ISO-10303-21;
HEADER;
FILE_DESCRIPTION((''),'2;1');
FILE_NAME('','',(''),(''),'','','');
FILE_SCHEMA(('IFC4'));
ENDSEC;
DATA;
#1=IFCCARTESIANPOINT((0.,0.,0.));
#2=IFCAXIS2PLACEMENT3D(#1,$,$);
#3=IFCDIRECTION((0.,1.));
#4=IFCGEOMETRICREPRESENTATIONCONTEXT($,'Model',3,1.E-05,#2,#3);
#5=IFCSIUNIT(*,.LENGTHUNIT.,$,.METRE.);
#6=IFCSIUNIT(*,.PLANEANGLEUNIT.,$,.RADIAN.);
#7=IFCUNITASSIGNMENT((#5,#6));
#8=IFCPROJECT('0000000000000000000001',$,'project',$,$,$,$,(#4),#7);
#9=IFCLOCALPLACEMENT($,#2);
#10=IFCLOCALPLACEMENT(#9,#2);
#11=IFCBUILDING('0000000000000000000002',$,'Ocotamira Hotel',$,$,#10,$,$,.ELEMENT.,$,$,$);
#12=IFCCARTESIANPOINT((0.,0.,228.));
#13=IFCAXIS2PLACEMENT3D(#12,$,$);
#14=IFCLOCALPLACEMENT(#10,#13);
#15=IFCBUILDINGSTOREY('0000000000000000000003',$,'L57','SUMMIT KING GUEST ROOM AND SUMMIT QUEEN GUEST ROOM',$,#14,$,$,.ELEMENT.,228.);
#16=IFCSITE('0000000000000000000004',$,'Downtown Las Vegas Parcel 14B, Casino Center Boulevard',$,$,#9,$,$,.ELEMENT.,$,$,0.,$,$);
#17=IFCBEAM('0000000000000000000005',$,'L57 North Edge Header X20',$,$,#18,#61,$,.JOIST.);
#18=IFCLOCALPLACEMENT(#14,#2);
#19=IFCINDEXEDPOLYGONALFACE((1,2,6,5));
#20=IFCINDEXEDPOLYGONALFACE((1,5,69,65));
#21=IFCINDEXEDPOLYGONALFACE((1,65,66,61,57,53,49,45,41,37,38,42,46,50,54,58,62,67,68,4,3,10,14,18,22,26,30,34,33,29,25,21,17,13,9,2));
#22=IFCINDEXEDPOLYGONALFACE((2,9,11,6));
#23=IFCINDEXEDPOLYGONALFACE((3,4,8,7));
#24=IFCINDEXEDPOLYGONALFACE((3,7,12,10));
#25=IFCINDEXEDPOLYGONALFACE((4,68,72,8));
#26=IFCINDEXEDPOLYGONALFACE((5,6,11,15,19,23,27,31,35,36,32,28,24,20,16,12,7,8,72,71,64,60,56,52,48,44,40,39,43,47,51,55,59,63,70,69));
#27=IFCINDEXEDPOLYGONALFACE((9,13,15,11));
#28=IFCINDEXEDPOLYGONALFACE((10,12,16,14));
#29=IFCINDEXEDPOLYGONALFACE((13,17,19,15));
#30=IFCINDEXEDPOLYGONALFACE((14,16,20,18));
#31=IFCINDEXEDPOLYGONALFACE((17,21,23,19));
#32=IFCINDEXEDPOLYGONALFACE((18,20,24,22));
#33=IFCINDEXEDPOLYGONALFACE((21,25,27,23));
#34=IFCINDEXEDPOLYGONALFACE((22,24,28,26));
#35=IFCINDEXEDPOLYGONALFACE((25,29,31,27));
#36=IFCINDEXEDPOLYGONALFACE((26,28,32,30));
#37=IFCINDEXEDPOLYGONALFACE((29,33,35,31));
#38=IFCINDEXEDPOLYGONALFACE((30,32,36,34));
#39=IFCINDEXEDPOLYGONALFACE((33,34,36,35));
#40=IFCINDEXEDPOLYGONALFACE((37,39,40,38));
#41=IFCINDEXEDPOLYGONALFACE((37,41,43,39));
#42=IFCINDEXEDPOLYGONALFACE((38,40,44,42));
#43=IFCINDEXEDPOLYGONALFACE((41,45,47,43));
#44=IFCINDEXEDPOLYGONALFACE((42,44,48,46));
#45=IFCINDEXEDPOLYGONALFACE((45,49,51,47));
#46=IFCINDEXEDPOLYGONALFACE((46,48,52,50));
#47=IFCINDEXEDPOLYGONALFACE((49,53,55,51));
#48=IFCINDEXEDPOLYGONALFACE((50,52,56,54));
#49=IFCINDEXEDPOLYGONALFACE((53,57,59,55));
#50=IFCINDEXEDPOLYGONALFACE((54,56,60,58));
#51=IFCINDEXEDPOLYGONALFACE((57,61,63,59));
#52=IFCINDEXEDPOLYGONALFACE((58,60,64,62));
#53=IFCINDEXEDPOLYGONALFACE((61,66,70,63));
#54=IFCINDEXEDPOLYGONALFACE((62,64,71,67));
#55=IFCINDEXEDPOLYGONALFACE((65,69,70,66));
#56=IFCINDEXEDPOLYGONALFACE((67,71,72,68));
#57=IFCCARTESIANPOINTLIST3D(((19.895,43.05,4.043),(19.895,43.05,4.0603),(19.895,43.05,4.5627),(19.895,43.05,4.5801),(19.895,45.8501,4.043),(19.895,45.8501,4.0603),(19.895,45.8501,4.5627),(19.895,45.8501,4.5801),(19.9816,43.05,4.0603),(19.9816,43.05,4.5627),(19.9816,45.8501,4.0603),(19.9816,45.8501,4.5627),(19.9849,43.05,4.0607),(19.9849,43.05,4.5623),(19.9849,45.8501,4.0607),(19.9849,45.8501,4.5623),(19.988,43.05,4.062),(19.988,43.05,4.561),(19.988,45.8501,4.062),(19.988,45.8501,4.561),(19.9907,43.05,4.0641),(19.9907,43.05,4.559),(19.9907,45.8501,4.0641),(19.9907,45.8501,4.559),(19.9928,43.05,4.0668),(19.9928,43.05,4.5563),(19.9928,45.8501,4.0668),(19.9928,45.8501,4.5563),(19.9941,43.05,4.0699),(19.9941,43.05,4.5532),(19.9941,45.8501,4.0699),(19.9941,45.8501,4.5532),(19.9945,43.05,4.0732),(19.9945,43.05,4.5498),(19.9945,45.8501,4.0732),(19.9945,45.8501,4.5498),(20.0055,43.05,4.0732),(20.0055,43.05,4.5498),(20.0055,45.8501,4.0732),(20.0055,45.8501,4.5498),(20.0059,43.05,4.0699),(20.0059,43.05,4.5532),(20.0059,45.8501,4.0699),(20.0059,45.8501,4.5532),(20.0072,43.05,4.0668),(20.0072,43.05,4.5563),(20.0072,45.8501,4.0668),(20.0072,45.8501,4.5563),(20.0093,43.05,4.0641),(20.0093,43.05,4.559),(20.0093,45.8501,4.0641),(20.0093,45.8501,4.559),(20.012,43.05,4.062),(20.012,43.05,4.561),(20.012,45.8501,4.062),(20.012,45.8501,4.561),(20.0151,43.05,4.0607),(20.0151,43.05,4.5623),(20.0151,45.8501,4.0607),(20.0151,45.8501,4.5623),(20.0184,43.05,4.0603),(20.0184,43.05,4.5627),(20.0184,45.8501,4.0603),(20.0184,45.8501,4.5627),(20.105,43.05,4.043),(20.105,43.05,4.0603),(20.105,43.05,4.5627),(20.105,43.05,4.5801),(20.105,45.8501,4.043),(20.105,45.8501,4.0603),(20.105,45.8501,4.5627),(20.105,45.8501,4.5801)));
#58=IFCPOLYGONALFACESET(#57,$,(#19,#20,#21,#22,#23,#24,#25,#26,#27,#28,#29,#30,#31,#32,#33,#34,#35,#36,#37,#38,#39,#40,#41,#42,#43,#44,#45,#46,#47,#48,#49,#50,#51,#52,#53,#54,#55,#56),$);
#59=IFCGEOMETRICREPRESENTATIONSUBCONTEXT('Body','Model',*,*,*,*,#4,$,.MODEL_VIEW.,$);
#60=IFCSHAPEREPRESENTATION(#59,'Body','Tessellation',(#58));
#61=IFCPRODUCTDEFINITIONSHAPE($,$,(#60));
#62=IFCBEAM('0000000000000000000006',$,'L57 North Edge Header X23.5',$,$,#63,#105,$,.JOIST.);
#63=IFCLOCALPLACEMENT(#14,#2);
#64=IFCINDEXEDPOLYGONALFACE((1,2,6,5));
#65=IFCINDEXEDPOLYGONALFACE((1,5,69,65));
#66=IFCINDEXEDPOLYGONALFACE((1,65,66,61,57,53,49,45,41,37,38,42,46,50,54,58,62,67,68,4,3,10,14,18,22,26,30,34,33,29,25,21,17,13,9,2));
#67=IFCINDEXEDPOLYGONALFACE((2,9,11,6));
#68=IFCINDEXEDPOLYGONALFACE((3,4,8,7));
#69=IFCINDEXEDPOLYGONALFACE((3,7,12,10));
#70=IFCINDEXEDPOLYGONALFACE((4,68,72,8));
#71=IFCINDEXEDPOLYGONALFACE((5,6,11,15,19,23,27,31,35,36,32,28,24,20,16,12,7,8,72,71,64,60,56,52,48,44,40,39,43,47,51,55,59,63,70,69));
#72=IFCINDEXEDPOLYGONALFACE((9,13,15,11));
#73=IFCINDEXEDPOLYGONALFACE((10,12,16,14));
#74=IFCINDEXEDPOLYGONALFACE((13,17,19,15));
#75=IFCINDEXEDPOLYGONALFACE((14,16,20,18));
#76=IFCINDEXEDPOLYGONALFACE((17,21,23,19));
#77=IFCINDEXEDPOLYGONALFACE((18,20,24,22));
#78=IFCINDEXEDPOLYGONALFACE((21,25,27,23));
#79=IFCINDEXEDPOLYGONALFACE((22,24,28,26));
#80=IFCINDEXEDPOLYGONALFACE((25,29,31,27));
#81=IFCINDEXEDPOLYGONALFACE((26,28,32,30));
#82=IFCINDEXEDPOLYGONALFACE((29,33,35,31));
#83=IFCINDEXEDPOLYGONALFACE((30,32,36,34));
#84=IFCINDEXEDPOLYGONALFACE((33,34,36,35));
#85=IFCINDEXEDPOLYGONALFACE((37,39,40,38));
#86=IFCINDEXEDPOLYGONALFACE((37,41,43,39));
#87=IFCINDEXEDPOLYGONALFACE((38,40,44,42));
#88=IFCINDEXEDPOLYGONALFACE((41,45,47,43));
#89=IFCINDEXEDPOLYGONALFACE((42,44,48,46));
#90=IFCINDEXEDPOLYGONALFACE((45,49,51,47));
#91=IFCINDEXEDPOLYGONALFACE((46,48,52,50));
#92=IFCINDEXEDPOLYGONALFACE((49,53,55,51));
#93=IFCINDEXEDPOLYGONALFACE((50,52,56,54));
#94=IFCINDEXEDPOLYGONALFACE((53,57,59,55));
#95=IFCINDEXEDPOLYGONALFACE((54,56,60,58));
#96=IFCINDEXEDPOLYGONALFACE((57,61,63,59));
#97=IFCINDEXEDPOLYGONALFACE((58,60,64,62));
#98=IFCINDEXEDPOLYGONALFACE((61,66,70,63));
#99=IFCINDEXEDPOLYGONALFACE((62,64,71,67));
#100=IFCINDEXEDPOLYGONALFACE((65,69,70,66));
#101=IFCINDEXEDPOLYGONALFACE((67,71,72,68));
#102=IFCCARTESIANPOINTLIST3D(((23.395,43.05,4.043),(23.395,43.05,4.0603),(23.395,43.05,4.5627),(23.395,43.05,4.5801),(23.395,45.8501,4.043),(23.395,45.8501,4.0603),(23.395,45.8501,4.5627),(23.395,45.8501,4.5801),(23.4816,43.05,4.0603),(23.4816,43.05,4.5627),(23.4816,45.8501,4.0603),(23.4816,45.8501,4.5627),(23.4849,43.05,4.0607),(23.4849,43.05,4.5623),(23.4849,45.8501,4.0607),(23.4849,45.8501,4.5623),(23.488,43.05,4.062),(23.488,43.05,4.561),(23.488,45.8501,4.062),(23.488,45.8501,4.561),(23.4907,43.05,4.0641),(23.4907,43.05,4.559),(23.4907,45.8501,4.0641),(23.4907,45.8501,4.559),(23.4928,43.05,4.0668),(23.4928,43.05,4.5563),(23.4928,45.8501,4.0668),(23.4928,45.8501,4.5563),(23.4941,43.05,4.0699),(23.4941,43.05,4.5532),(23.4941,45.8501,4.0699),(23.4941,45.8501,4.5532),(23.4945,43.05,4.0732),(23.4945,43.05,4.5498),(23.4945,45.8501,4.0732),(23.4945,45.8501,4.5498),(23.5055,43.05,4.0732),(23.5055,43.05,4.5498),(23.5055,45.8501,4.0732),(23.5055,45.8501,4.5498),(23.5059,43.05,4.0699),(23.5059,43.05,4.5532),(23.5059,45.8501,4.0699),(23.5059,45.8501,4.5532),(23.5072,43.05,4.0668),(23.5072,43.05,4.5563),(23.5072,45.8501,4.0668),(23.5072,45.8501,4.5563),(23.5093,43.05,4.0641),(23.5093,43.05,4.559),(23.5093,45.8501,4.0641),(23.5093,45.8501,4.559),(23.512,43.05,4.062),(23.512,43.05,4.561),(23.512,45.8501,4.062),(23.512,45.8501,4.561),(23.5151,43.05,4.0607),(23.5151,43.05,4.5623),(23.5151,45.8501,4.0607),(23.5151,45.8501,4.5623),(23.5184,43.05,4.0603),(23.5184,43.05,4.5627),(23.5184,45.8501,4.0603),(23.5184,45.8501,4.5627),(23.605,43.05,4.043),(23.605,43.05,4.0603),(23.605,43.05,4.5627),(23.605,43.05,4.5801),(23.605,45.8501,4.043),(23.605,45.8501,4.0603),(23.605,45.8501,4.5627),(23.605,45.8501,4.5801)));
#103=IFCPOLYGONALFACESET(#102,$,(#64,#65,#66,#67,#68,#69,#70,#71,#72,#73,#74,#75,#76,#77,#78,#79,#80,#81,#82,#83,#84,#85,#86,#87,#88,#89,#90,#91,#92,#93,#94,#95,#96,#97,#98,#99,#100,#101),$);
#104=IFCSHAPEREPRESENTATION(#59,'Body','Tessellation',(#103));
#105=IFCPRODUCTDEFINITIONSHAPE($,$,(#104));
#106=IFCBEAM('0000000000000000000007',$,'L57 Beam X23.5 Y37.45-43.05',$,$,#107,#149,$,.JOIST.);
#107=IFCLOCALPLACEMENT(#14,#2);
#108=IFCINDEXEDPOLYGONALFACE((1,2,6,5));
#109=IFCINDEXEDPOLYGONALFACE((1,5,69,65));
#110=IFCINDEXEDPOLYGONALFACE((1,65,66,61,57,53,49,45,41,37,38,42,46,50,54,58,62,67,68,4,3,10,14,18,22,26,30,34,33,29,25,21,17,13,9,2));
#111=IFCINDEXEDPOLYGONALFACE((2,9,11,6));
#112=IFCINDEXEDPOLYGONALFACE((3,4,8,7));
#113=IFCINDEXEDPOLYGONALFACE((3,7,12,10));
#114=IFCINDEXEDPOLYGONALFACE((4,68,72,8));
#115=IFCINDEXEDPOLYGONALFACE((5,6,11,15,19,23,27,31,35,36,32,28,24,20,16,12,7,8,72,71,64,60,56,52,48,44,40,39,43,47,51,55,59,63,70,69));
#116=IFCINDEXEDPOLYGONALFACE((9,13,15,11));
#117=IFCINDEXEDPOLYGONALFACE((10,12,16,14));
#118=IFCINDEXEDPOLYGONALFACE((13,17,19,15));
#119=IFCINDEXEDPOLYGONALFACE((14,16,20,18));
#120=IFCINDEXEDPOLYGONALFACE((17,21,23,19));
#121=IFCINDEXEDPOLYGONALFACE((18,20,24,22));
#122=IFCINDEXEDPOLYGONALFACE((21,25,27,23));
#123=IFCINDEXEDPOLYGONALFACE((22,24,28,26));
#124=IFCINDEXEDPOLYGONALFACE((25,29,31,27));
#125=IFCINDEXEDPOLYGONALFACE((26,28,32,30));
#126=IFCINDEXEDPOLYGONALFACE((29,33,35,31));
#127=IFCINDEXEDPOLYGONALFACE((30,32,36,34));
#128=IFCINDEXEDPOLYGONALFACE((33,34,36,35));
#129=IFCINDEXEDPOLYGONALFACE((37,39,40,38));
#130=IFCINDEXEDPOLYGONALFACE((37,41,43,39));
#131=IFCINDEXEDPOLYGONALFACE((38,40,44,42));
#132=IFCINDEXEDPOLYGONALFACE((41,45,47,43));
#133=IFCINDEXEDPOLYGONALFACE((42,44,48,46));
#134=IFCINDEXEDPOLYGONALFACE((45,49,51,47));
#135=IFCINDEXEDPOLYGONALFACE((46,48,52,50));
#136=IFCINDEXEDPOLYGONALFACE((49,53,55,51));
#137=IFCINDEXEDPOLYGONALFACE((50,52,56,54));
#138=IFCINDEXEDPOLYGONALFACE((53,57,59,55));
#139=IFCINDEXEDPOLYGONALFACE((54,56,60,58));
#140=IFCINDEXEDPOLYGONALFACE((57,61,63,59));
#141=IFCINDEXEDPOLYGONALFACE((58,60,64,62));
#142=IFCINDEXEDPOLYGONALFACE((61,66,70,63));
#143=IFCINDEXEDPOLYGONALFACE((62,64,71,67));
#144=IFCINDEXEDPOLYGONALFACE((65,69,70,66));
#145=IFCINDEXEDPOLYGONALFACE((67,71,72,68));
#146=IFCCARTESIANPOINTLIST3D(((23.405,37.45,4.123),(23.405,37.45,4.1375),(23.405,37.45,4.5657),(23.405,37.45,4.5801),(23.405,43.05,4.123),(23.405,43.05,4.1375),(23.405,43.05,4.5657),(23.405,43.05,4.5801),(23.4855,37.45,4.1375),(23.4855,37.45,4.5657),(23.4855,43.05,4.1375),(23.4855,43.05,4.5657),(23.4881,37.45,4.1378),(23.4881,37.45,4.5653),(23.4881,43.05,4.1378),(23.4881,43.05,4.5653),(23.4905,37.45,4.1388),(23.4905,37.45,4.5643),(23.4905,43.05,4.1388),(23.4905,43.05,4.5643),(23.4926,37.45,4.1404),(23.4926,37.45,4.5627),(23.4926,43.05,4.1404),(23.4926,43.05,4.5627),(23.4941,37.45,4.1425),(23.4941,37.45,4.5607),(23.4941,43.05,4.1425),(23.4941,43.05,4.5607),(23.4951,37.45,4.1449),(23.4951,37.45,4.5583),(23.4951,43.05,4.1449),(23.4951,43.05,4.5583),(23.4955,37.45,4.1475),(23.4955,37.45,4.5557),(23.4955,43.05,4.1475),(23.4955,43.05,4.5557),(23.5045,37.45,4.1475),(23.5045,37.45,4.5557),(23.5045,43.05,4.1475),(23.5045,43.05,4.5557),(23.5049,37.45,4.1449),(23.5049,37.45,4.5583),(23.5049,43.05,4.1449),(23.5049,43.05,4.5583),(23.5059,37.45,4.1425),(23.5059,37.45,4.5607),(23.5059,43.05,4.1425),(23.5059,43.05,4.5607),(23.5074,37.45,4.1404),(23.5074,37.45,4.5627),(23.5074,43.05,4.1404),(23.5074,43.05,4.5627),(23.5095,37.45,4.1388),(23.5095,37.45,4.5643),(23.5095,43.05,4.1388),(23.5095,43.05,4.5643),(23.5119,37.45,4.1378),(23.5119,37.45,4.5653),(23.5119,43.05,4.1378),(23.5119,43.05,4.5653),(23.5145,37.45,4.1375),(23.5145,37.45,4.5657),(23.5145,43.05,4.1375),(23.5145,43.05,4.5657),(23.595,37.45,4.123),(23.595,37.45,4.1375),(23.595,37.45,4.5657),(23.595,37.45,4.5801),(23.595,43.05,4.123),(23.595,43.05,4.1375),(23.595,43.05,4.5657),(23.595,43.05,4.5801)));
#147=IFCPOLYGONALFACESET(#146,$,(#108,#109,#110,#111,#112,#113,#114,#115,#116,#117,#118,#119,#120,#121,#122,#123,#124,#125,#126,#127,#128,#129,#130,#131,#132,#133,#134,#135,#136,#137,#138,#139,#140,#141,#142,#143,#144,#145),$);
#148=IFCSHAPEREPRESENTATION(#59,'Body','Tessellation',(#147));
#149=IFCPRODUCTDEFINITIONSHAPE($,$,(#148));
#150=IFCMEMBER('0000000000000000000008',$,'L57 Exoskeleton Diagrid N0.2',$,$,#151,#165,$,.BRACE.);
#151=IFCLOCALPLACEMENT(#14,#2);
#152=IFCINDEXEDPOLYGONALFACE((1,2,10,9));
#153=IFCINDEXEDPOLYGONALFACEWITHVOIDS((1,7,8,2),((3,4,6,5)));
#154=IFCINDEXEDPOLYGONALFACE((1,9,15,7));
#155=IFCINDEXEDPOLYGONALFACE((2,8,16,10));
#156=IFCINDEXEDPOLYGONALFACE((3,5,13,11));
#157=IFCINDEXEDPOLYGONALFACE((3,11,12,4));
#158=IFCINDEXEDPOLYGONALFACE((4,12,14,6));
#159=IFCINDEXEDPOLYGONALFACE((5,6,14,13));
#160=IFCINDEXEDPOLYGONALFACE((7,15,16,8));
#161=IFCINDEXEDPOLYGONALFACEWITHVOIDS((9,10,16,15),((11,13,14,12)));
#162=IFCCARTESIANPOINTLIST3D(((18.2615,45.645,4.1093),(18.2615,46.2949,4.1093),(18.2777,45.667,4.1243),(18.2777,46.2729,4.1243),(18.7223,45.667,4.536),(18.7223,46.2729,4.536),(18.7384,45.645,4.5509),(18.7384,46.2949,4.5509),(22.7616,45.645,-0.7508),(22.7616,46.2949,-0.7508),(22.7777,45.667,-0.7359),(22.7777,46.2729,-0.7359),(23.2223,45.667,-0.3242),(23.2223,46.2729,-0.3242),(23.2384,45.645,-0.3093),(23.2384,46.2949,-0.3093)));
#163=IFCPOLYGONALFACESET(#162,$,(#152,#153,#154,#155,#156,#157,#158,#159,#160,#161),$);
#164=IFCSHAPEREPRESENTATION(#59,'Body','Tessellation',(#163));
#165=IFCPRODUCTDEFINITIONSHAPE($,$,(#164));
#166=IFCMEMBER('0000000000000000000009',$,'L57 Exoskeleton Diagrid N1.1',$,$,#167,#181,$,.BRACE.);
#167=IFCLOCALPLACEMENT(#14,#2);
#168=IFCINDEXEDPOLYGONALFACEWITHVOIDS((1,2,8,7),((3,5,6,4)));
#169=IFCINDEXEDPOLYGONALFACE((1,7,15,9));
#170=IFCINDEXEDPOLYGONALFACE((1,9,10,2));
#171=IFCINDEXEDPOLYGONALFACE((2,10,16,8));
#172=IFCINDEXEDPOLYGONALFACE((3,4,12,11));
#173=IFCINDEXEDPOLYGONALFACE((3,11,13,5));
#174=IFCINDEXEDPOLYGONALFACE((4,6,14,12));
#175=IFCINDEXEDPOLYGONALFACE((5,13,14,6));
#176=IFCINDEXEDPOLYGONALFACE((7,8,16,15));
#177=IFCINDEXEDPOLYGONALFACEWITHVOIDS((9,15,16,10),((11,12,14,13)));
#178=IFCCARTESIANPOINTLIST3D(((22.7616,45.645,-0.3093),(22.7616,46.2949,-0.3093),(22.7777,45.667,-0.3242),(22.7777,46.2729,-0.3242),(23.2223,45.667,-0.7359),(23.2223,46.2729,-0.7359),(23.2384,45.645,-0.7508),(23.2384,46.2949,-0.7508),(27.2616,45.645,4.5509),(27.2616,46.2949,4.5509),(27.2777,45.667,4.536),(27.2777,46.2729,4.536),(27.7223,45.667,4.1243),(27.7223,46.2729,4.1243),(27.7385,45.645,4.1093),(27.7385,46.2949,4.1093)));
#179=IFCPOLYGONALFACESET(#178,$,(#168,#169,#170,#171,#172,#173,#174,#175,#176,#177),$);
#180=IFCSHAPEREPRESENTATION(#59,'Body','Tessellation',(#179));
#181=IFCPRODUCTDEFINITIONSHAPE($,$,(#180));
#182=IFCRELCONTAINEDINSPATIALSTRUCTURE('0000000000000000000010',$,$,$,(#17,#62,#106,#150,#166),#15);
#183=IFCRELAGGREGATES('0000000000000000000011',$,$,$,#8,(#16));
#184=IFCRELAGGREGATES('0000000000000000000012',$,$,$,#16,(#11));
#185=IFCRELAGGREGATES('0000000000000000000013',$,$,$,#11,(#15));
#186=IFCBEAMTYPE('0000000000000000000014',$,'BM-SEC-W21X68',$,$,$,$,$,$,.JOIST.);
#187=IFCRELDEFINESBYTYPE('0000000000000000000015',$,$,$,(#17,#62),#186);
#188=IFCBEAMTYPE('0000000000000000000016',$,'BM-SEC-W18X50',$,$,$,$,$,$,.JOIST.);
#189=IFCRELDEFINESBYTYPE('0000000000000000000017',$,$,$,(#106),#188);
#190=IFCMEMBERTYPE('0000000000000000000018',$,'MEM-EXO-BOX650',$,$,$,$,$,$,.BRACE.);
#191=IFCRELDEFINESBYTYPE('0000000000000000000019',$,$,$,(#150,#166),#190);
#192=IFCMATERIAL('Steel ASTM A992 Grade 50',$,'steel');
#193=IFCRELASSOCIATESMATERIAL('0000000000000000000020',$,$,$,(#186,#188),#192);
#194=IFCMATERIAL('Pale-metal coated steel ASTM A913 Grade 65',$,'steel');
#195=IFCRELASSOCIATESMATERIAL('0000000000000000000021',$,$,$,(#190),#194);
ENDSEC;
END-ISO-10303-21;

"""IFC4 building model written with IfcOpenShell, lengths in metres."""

from ifc_helpers import new_model, si_unit, direction, frame, origin, origin_2d, place, context, subcontext, project, spatial, hollow_rectangle, i_section, extrude, source, transform, mapped, material, material_profile, profile_set, type_object, element, save


model = new_model("IFC4")

# Units and contexts
model_context = context("Model", 3, precision=1e-05, world=origin(), true_north=direction((0.0, 1.0)))
body_context = subcontext(model_context, "Body", "Model", "MODEL_VIEW")
ifc_project = project(units=[si_unit("LENGTHUNIT", "METRE"), si_unit("PLANEANGLEUNIT", "RADIAN")], contexts=[model_context])

# Site, building, storey
site_placement = place(None, origin())
site = spatial("IfcSite", under=ifc_project, at=site_placement, Name="Downtown Las Vegas Parcel 14B, Casino Center Boulevard", CompositionType="ELEMENT", RefElevation=0.0)
building_placement = place(site_placement, origin())
building = spatial("IfcBuilding", under=site, at=building_placement, Name="Ocotamira Hotel", CompositionType="ELEMENT")
storey_placement = place(building_placement, frame((0.0, 0.0, 228.0)))
storey = spatial("IfcBuildingStorey", under=building, at=storey_placement, Name="L57", Description="SUMMIT KING GUEST ROOM AND SUMMIT QUEEN GUEST ROOM", CompositionType="ELEMENT", Elevation=228.0)

# Shared definitions
ifc_material_1 = material(Name="Steel ASTM A992 Grade 50", Category="steel")

# Beams
ifc_material_profile_1 = material_profile(ifc_material_1, i_section(OverallWidth=0.21, OverallDepth=0.5371, WebThickness=0.011, FlangeThickness=0.0173, FilletRadius=0.0129, at=origin_2d()), Name="W21X68")
ifc_profile_set_1 = profile_set([ifc_material_profile_1], Name="Steel ASTM A992 Grade 50")
beam_type_1 = type_object("IfcBeamType", Name="BM-SEC-W21X68", PredefinedType="JOIST", material=ifc_profile_set_1)
shared_shape_1 = source(origin(), body_context, "Body", "SweptSolid", [
    extrude(i_section(OverallWidth=0.21, OverallDepth=0.5371, WebThickness=0.011, FlangeThickness=0.0173, FilletRadius=0.0129, at=origin_2d()), origin(), (0.0, 0.0, 1.0), 2.8),
])
for number, where, z_axis, x_axis, name in (
    (1, (20.0, 43.05, 4.3115), (0.0, 1.0, 0.0), (-1.0, 0.0, 0.0), "L57 North Edge Header X20"),
    (2, (23.5, 43.05, 4.3115), (0.0, 1.0, 0.0), (-1.0, 0.0, 0.0), "L57 North Edge Header X23.5"),
):
    element("IfcBeam", number, at=place(storey_placement, frame(where, z_axis=z_axis, x_axis=x_axis)), inside=storey, type_object=beam_type_1, Name=name, PredefinedType="JOIST", context=body_context, shape_type="MappedRepresentation", body=[
        mapped(shared_shape_1, transform((0.0, 0.0, 0.0), scale=1.0)),
    ])
ifc_material_profile_2 = material_profile(ifc_material_1, i_section(OverallWidth=0.1899, OverallDepth=0.457, WebThickness=0.009, FlangeThickness=0.0144, FilletRadius=0.01, at=origin_2d()), Name="W18X50")
ifc_profile_set_2 = profile_set([ifc_material_profile_2], Name="Steel ASTM A992 Grade 50")
beam_type_2 = type_object("IfcBeamType", Name="BM-SEC-W18X50", PredefinedType="JOIST", material=ifc_profile_set_2)
shared_shape_2 = source(origin(), body_context, "Body", "SweptSolid", [
    extrude(i_section(OverallWidth=0.1899, OverallDepth=0.457, WebThickness=0.009, FlangeThickness=0.0144, FilletRadius=0.01, at=origin_2d()), origin(), (0.0, 0.0, 1.0), 5.6001),
])
beam_1_placement = place(storey_placement, frame((23.5, 37.45, 4.3516), z_axis=(0.0, 1.0, 0.0), x_axis=(-1.0, 0.0, 0.0)))
element("IfcBeam", 3, at=beam_1_placement, inside=storey, type_object=beam_type_2, Name="L57 Beam X23.5 Y37.45-43.05", PredefinedType="JOIST", context=body_context, shape_type="MappedRepresentation", body=[
    mapped(shared_shape_2, transform((0.0, 0.0, 0.0), scale=1.0)),
])

# Members
ifc_material_2 = material(Name="Pale-metal coated steel ASTM A913 Grade 65", Category="steel")
ifc_material_profile_3 = material_profile(ifc_material_2, hollow_rectangle(XDim=0.6499, YDim=0.6499, WallThickness=0.022, at=origin_2d()), Name="BOX650X650X22")
ifc_profile_set_3 = profile_set([ifc_material_profile_3], Name="Pale-metal coated steel ASTM A913 Grade 65")
member_type_1 = type_object("IfcMemberType", Name="MEM-EXO-BOX650", PredefinedType="BRACE", material=ifc_profile_set_3)
shared_shape_3 = source(origin(), body_context, "Body", "SweptSolid", [
    extrude(hollow_rectangle(XDim=0.6499, YDim=0.6499, WallThickness=0.022, at=origin_2d()), origin(), (0.0, 0.0, 1.0), 6.6235),
])
for number, where, z_axis, x_axis, name in (
    (4, (23.0, 45.97, -0.53), (-0.6794, 0.0, 0.733768), (0.0, -1.0, 0.0), "L57 Exoskeleton Diagrid N0.2"),
    (5, (23.0, 45.97, -0.53), (0.6794, 0.0, 0.733768), (0.0, 1.0, 0.0), "L57 Exoskeleton Diagrid N1.1"),
):
    element("IfcMember", number, at=place(storey_placement, frame(where, z_axis=z_axis, x_axis=x_axis)), inside=storey, type_object=member_type_1, Name=name, PredefinedType="BRACE", context=body_context, shape_type="MappedRepresentation", body=[
        mapped(shared_shape_3, transform((0.0, 0.0, 0.0), scale=1.0)),
    ])

save(model, "model.ifc")
